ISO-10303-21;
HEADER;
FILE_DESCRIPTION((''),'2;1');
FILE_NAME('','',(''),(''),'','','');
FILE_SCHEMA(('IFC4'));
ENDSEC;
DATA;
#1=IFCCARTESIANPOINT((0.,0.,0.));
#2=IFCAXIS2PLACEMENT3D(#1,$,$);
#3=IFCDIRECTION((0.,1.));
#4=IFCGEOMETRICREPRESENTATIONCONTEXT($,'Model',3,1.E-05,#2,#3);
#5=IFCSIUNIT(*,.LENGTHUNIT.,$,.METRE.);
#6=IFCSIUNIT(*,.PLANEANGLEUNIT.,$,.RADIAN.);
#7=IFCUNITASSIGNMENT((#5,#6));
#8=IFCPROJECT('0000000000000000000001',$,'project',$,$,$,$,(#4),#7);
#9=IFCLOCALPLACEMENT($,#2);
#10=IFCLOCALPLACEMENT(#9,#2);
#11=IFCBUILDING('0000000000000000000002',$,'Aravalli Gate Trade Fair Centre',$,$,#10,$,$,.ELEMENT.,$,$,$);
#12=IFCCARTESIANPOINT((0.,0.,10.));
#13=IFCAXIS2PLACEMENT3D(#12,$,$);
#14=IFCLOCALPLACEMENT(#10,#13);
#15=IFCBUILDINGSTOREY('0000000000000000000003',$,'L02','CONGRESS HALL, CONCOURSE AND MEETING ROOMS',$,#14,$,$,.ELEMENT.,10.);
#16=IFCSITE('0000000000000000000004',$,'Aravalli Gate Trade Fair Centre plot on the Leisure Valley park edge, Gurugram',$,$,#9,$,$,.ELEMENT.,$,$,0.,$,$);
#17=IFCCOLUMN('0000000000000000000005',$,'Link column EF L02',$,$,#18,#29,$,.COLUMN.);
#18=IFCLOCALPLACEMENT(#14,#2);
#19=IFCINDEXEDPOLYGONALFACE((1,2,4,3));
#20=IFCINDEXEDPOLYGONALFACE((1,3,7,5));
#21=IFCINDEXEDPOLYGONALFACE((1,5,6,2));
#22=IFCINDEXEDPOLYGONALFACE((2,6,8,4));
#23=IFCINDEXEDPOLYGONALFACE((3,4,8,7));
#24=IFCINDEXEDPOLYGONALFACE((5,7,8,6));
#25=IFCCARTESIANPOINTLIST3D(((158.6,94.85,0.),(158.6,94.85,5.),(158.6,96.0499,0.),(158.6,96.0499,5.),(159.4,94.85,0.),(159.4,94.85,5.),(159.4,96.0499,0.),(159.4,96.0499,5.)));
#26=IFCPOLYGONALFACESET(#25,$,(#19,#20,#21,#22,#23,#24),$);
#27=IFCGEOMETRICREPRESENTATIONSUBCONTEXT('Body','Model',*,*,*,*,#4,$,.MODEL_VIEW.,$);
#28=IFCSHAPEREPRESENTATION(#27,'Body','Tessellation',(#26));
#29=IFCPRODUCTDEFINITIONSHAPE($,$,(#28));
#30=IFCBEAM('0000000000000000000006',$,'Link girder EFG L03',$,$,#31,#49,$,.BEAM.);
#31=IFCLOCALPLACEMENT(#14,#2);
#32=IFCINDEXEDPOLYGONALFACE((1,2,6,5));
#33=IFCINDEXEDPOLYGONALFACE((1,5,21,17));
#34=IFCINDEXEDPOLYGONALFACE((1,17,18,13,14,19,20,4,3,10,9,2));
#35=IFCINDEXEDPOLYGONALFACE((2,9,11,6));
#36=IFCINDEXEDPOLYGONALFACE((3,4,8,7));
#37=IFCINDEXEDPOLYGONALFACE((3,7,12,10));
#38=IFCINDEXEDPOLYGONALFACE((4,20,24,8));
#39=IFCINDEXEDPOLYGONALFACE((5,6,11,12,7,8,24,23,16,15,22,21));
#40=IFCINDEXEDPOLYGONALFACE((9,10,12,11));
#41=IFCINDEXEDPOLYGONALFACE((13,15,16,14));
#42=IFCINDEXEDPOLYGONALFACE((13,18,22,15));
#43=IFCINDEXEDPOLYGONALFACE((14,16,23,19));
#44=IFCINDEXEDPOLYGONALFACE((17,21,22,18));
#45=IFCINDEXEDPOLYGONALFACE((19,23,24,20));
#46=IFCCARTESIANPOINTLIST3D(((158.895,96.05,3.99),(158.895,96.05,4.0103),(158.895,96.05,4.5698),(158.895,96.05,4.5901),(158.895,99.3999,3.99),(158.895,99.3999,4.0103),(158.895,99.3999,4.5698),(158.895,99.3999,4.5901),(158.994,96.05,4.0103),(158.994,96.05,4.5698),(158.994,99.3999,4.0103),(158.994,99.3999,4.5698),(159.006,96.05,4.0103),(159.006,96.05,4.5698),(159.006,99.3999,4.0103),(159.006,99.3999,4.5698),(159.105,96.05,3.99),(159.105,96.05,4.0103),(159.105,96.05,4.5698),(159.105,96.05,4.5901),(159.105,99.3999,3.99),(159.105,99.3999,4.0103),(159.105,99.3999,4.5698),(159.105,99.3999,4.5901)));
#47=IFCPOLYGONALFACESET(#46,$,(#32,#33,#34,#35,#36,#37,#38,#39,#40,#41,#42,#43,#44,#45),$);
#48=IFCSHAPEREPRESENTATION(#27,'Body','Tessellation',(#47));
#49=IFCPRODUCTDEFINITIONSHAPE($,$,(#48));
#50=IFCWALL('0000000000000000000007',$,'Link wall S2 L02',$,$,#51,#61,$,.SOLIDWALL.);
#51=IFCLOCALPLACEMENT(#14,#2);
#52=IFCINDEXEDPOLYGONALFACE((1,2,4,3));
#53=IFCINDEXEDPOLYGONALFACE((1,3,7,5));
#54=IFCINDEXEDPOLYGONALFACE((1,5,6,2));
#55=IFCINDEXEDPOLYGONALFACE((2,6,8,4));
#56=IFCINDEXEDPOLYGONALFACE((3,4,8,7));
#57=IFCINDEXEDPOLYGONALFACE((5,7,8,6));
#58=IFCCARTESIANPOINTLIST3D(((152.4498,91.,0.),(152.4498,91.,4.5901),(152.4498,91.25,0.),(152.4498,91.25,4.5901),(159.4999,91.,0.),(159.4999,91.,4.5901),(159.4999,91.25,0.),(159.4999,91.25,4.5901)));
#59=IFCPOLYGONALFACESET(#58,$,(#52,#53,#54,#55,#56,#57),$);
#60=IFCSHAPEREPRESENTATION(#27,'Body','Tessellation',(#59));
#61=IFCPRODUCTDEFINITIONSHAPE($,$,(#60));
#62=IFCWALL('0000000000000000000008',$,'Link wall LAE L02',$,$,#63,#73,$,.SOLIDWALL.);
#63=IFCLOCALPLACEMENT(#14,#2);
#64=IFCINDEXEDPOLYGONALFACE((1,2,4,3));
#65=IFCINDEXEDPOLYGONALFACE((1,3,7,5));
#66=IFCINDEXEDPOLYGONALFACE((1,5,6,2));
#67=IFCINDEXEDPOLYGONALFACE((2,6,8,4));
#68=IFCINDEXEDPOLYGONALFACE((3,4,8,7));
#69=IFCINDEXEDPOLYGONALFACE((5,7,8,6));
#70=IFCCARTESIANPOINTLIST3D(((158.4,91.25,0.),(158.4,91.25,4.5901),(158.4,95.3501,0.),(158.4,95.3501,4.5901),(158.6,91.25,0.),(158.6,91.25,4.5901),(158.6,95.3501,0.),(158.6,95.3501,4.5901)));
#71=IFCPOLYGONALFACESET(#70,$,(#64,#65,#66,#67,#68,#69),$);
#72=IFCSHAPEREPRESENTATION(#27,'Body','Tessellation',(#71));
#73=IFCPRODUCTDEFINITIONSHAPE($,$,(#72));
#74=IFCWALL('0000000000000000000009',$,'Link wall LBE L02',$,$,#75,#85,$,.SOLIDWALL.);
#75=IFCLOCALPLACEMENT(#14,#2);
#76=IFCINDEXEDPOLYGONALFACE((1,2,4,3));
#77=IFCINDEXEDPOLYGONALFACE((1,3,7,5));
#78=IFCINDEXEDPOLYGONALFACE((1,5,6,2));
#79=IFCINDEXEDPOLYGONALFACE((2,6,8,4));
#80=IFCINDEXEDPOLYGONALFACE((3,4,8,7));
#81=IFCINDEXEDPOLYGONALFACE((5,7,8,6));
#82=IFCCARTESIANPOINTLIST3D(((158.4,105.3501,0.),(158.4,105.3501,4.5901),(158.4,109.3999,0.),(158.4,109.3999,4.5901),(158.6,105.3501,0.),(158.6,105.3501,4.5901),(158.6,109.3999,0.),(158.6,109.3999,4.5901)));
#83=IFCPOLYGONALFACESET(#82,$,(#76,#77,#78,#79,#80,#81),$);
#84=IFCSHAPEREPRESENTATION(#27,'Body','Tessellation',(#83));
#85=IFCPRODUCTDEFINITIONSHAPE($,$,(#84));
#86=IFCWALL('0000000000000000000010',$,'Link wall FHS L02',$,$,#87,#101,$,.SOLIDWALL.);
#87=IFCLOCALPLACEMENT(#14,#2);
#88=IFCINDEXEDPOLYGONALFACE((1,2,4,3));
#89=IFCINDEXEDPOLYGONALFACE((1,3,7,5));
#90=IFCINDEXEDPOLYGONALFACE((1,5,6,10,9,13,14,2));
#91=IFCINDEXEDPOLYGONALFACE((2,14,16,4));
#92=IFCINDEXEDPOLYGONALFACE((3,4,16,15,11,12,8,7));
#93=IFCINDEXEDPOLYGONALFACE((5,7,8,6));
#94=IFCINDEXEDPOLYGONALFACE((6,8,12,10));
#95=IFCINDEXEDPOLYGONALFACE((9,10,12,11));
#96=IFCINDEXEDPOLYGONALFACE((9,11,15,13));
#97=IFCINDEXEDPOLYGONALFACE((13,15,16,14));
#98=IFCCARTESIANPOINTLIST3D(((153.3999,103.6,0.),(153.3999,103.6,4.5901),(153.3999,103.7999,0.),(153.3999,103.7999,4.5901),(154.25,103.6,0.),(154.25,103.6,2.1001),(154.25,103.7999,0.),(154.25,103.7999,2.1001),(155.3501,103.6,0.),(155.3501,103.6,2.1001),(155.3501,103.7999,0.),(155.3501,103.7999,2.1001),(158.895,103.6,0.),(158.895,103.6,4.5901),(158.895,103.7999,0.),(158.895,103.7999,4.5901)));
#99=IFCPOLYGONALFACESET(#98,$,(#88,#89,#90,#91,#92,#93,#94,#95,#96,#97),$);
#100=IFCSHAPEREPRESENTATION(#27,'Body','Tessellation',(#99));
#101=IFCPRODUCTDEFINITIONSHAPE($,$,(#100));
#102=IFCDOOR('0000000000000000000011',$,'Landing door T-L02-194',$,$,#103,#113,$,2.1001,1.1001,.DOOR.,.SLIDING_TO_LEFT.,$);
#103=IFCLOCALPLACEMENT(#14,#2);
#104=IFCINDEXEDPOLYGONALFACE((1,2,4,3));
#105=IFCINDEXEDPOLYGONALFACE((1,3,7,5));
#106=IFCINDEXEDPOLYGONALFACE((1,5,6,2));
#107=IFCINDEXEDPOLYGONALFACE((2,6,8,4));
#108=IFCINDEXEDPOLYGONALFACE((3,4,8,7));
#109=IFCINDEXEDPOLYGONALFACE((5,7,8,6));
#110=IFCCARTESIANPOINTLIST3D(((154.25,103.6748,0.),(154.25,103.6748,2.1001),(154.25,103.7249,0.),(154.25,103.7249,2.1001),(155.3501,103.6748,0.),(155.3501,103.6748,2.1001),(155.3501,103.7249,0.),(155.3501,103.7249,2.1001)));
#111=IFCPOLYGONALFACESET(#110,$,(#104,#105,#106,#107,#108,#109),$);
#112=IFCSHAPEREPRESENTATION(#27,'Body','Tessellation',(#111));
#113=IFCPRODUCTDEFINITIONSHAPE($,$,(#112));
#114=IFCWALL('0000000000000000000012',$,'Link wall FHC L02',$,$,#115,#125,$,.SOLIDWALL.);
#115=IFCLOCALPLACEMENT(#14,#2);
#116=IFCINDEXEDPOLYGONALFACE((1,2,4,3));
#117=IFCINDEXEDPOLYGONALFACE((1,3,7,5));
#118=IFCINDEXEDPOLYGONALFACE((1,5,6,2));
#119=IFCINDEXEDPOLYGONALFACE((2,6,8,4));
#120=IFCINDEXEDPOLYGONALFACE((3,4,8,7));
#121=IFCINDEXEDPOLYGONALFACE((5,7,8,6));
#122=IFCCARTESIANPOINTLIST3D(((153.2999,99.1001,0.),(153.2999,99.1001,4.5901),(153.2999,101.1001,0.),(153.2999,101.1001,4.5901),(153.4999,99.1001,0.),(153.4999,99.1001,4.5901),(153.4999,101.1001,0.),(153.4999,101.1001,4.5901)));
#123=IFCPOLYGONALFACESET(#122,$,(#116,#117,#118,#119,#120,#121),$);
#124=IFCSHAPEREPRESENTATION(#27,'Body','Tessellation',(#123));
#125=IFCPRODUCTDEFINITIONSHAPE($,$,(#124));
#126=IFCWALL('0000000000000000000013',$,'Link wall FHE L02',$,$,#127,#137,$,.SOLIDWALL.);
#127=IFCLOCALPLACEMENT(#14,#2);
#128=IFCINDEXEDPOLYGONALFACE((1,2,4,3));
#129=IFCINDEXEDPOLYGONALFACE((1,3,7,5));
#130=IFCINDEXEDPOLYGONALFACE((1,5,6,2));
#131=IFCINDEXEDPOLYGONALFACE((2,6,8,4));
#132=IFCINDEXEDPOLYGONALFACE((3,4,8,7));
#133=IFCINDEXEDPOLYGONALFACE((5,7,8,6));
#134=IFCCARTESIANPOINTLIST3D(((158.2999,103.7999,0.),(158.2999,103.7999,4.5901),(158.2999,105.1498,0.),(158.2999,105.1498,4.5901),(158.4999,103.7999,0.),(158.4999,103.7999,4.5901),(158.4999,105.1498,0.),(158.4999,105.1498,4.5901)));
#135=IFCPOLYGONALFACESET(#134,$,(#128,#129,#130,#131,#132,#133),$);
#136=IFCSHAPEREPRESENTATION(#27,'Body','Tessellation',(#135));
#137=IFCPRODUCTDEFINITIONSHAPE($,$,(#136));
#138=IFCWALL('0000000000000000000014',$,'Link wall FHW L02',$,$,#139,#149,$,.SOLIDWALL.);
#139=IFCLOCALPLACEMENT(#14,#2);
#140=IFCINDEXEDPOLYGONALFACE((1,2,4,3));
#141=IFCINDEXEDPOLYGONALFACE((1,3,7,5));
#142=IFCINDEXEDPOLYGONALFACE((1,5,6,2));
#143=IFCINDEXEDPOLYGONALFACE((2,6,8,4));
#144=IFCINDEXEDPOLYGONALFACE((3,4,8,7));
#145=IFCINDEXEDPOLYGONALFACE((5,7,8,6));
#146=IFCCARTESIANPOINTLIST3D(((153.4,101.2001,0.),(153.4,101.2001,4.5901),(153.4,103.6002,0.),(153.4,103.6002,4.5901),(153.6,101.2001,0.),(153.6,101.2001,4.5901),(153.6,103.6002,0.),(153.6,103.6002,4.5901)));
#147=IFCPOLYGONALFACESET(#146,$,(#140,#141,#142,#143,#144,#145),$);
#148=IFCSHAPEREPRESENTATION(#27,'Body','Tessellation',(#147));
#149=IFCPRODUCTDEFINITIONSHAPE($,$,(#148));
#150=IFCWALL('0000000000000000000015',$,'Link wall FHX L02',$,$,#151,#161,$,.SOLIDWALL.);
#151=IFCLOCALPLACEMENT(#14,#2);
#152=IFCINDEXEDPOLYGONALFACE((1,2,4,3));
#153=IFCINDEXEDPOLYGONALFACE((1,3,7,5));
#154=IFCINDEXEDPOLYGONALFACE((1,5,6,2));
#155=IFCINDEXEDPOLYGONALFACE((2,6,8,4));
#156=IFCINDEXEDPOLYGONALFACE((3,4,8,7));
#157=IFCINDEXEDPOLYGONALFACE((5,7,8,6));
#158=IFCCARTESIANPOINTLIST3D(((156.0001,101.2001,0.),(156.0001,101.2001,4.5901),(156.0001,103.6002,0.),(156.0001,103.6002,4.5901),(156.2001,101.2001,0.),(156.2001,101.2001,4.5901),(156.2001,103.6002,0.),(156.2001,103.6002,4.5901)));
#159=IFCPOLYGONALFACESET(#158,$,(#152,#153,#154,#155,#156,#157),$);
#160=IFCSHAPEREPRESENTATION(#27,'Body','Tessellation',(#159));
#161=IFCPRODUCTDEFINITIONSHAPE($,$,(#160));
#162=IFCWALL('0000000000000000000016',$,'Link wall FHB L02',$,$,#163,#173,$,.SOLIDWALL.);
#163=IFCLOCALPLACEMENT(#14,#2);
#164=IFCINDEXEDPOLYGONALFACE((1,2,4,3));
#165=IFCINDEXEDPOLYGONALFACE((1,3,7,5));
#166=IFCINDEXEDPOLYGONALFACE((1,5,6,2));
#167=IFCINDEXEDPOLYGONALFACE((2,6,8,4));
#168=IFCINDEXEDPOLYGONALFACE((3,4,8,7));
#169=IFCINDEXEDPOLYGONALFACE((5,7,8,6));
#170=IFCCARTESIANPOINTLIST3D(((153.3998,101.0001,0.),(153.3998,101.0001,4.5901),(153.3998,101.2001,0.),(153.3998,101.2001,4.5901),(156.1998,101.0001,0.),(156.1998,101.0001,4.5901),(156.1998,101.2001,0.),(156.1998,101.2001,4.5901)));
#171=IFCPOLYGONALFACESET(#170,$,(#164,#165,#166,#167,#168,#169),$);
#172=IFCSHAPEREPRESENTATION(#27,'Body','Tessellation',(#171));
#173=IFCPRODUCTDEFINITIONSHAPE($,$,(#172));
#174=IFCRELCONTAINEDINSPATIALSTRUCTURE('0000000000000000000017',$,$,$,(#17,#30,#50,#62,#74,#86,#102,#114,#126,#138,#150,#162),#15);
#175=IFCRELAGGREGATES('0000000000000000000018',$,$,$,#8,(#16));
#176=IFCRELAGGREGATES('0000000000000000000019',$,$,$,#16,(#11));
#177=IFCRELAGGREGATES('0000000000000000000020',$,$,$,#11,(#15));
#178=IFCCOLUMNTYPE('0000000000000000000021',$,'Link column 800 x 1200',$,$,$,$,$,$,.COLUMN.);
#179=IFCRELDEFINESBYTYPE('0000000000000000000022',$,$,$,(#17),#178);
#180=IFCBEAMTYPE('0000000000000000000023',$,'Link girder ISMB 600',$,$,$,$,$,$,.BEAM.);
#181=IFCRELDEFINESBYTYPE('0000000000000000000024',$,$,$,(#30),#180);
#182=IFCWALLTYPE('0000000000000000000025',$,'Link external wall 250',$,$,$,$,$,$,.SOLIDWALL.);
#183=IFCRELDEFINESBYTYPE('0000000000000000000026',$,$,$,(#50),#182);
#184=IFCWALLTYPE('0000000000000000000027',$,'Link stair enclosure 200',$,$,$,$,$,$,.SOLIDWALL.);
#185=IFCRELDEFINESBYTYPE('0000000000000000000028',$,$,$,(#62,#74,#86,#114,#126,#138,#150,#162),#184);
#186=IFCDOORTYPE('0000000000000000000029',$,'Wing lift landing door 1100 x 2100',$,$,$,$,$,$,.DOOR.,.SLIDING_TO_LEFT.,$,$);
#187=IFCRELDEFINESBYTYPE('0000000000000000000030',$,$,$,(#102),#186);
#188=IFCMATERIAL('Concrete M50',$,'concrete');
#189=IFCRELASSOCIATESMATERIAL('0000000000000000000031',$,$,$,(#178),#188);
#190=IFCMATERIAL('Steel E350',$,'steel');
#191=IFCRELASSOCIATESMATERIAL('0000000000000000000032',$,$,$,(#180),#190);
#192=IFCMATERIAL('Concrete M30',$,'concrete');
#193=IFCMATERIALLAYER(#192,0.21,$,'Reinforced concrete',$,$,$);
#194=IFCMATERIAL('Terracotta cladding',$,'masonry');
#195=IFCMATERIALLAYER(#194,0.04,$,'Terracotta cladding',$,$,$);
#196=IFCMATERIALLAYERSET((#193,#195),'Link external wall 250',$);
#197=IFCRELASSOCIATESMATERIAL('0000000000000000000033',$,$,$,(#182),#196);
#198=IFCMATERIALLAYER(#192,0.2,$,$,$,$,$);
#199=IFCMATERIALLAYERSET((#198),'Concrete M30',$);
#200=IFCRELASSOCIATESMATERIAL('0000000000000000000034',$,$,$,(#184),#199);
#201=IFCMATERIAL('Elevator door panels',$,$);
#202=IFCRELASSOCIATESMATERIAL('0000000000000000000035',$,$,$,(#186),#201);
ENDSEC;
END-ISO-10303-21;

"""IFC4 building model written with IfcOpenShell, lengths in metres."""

from ifc_helpers import new_model, si_unit, direction, frame, frame_2d, origin, origin_2d, place, context, subcontext, project, spatial, rectangle, i_section, extrude, material, layer, layer_set, material_profile, profile_set, type_object, element, fill, save


model = new_model("IFC4")

# Units and contexts
model_context = context("Model", 3, precision=1e-05, world=origin(), true_north=direction((0.0, 1.0)))
body_context = subcontext(model_context, "Body", "Model", "MODEL_VIEW")
ifc_project = project(units=[si_unit("LENGTHUNIT", "METRE"), si_unit("PLANEANGLEUNIT", "RADIAN")], contexts=[model_context])

# Site, building, storey
site_placement = place(None, origin())
site = spatial("IfcSite", under=ifc_project, at=site_placement, Name="Aravalli Gate Trade Fair Centre plot on the Leisure Valley park edge, Gurugram", CompositionType="ELEMENT", RefElevation=0.0)
building_placement = place(site_placement, origin())
building = spatial("IfcBuilding", under=site, at=building_placement, Name="Aravalli Gate Trade Fair Centre", CompositionType="ELEMENT")
storey_placement = place(building_placement, frame((0.0, 0.0, 10.0)))
storey = spatial("IfcBuildingStorey", under=building, at=storey_placement, Name="L02", Description="CONGRESS HALL, CONCOURSE AND MEETING ROOMS", CompositionType="ELEMENT", Elevation=10.0)

# Column
ifc_material_1 = material(Name="Concrete M50", Category="concrete")
ifc_material_profile_1 = material_profile(ifc_material_1, rectangle(XDim=0.8, YDim=1.2, at=origin_2d()), Name="Link column 800 x 1200")
ifc_profile_set_1 = profile_set([ifc_material_profile_1], Name="Concrete M50")
column_type = type_object("IfcColumnType", Name="Link column 800 x 1200", PredefinedType="COLUMN", material=ifc_profile_set_1)
column_placement = place(storey_placement, frame((159.0, 95.45, 0.0), z_axis=(0.0, 0.0, 1.0), x_axis=(1.0, 0.0, 0.0)))
element("IfcColumn", 1, at=column_placement, inside=storey, type_object=column_type, Name="Link column EF L02", PredefinedType="COLUMN", context=body_context, shape_type="SweptSolid", body=[
    extrude(rectangle(XDim=0.8, YDim=1.2, at=origin_2d()), origin(), (0.0, 0.0, 1.0), 5.0),
])

# Beam
ifc_material_2 = material(Name="Steel E350", Category="steel")
ifc_material_profile_2 = material_profile(ifc_material_2, i_section(OverallWidth=0.21, OverallDepth=0.6001, WebThickness=0.012, FlangeThickness=0.0203, at=origin_2d()), Name="ISMB 600")
ifc_profile_set_2 = profile_set([ifc_material_profile_2], Name="Steel E350")
beam_type = type_object("IfcBeamType", Name="Link girder ISMB 600", PredefinedType="BEAM", material=ifc_profile_set_2)
beam_placement = place(storey_placement, frame((159.0, 96.05, 4.29), z_axis=(0.0, 1.0, 0.0), x_axis=(-1.0, 0.0, 0.0)))
element("IfcBeam", 2, at=beam_placement, inside=storey, type_object=beam_type, Name="Link girder EFG L03", PredefinedType="BEAM", context=body_context, shape_type="SweptSolid", body=[
    extrude(i_section(OverallWidth=0.21, OverallDepth=0.6001, WebThickness=0.012, FlangeThickness=0.0203, at=origin_2d()), origin(), (0.0, 0.0, 1.0), 3.3499),
])

# Walls
ifc_material_3 = material(Name="Concrete M30", Category="concrete")
ifc_layer_1 = layer(ifc_material_3, 0.21, Name="Reinforced concrete")
ifc_material_4 = material(Name="Terracotta cladding", Category="masonry")
ifc_layer_2 = layer(ifc_material_4, 0.04, Name="Terracotta cladding")
ifc_layer_set_1 = layer_set([ifc_layer_1, ifc_layer_2], Name="Link external wall 250")
wall_type_1 = type_object("IfcWallType", Name="Link external wall 250", PredefinedType="SOLIDWALL", material=ifc_layer_set_1)
wall_1_placement = place(storey_placement, frame((152.45, 91.125, 0.0), z_axis=(0.0, 0.0, 1.0), x_axis=(1.0, 0.0, 0.0)))
element("IfcWall", 3, at=wall_1_placement, inside=storey, type_object=wall_type_1, Name="Link wall S2 L02", PredefinedType="SOLIDWALL", context=body_context, shape_type="SweptSolid", body=[
    extrude(rectangle(XDim=7.05, YDim=0.25, at=frame_2d((3.5249, 0.0))), origin(), (0.0, 0.0, 1.0), 4.5901),
])
ifc_layer_3 = layer(ifc_material_3, 0.2)
ifc_layer_set_2 = layer_set([ifc_layer_3], Name="Concrete M30")
wall_type_2 = type_object("IfcWallType", Name="Link stair enclosure 200", PredefinedType="SOLIDWALL", material=ifc_layer_set_2)
wall_2_placement = place(storey_placement, frame((158.5, 91.25, 0.0), z_axis=(0.0, 0.0, 1.0), x_axis=(0.0, 1.0, 0.0)))
element("IfcWall", 4, at=wall_2_placement, inside=storey, type_object=wall_type_2, Name="Link wall LAE L02", PredefinedType="SOLIDWALL", context=body_context, shape_type="SweptSolid", body=[
    extrude(rectangle(XDim=4.1001, YDim=0.2, at=frame_2d((2.05, 0.0))), origin(), (0.0, 0.0, 1.0), 4.5901),
])
wall_3_placement = place(storey_placement, frame((158.5, 105.3501, 0.0), z_axis=(0.0, 0.0, 1.0), x_axis=(0.0, 1.0, 0.0)))
element("IfcWall", 5, at=wall_3_placement, inside=storey, type_object=wall_type_2, Name="Link wall LBE L02", PredefinedType="SOLIDWALL", context=body_context, shape_type="SweptSolid", body=[
    extrude(rectangle(XDim=4.0498, YDim=0.2, at=frame_2d((2.0249, 0.0))), origin(), (0.0, 0.0, 1.0), 4.5901),
])

# Wall, opening, door
wall_4_placement = place(storey_placement, frame((153.3999, 103.7, 0.0), z_axis=(0.0, 0.0, 1.0), x_axis=(1.0, 0.0, 0.0)))
wall_4 = element("IfcWall", 6, at=wall_4_placement, inside=storey, type_object=wall_type_2, Name="Link wall FHS L02", PredefinedType="SOLIDWALL", context=body_context, shape_type="SweptSolid", body=[
    extrude(rectangle(XDim=5.4951, YDim=0.2, at=frame_2d((2.7476, 0.0))), origin(), (0.0, 0.0, 1.0), 4.5901),
])
opening_placement = place(wall_4_placement, frame((0.8501, 0.0, 0.0)))
opening = element("IfcOpeningElement", 7, at=opening_placement, cuts=wall_4, PredefinedType="OPENING", context=body_context, shape_type="SweptSolid", body=[
    extrude(rectangle(XDim=1.1001, YDim=2.1001, at=frame_2d((0.55, 1.05))), frame((0.0, 0.1099, 0.0), z_axis=(0.0, -1.0, 0.0), x_axis=(1.0, 0.0, 0.0)), (0.0, 0.0, 1.0), 0.22),
])
ifc_material_5 = material(Name="Elevator door panels")
door_type = type_object("IfcDoorType", Name="Wing lift landing door 1100 x 2100", OperationType="SLIDING_TO_LEFT", PredefinedType="DOOR", material=ifc_material_5)
door_placement = place(opening_placement, origin())
door = element("IfcDoor", 8, at=door_placement, inside=storey, type_object=door_type, Name="Landing door T-L02-194", OperationType="SLIDING_TO_LEFT", OverallHeight=2.1001, OverallWidth=1.1001, PredefinedType="DOOR", context=body_context, shape_type="SweptSolid", body=[
    extrude(rectangle(XDim=1.1001, YDim=2.1001, at=frame_2d((0.55, 1.05))), frame((0.0, 0.0249, 0.0), z_axis=(0.0, -1.0, 0.0), x_axis=(1.0, 0.0, 0.0)), (0.0, 0.0, 1.0), 0.05),
])
fill(opening, door)

# Walls
wall_5_placement = place(storey_placement, frame((153.3999, 99.1001, 0.0), z_axis=(0.0, 0.0, 1.0), x_axis=(0.0, 1.0, 0.0)))
element("IfcWall", 9, at=wall_5_placement, inside=storey, type_object=wall_type_2, Name="Link wall FHC L02", PredefinedType="SOLIDWALL", context=body_context, shape_type="SweptSolid", body=[
    extrude(rectangle(XDim=2.0, YDim=0.2, at=frame_2d((1.0, 0.0))), origin(), (0.0, 0.0, 1.0), 4.5901),
])
wall_6_placement = place(storey_placement, frame((158.3999, 103.8, 0.0), z_axis=(0.0, 0.0, 1.0), x_axis=(0.0, 1.0, 0.0)))
element("IfcWall", 10, at=wall_6_placement, inside=storey, type_object=wall_type_2, Name="Link wall FHE L02", PredefinedType="SOLIDWALL", context=body_context, shape_type="SweptSolid", body=[
    extrude(rectangle(XDim=1.3499, YDim=0.2, at=frame_2d((0.6748, 0.0))), origin(), (0.0, 0.0, 1.0), 4.5901),
])
for number, where, z_axis, x_axis, name in (
    (11, (153.5, 101.2, 0.0), (0.0, 0.0, 1.0), (0.0, 1.0, 0.0), "Link wall FHW L02"),
    (12, (156.1001, 101.2, 0.0), (0.0, 0.0, 1.0), (0.0, 1.0, 0.0), "Link wall FHX L02"),
):
    element("IfcWall", number, at=place(storey_placement, frame(where, z_axis=z_axis, x_axis=x_axis)), inside=storey, type_object=wall_type_2, Name=name, PredefinedType="SOLIDWALL", context=body_context, shape_type="SweptSolid", body=[
        extrude(rectangle(XDim=2.4001, YDim=0.2, at=frame_2d((1.2002, 0.0))), origin(), (0.0, 0.0, 1.0), 4.5901),
    ])
wall_7_placement = place(storey_placement, frame((153.3999, 101.1001, 0.0), z_axis=(0.0, 0.0, 1.0), x_axis=(1.0, 0.0, 0.0)))
element("IfcWall", 13, at=wall_7_placement, inside=storey, type_object=wall_type_2, Name="Link wall FHB L02", PredefinedType="SOLIDWALL", context=body_context, shape_type="SweptSolid", body=[
    extrude(rectangle(XDim=2.8, YDim=0.2, at=frame_2d((1.3999, 0.0))), origin(), (0.0, 0.0, 1.0), 4.5901),
])

save(model, "model.ifc")
